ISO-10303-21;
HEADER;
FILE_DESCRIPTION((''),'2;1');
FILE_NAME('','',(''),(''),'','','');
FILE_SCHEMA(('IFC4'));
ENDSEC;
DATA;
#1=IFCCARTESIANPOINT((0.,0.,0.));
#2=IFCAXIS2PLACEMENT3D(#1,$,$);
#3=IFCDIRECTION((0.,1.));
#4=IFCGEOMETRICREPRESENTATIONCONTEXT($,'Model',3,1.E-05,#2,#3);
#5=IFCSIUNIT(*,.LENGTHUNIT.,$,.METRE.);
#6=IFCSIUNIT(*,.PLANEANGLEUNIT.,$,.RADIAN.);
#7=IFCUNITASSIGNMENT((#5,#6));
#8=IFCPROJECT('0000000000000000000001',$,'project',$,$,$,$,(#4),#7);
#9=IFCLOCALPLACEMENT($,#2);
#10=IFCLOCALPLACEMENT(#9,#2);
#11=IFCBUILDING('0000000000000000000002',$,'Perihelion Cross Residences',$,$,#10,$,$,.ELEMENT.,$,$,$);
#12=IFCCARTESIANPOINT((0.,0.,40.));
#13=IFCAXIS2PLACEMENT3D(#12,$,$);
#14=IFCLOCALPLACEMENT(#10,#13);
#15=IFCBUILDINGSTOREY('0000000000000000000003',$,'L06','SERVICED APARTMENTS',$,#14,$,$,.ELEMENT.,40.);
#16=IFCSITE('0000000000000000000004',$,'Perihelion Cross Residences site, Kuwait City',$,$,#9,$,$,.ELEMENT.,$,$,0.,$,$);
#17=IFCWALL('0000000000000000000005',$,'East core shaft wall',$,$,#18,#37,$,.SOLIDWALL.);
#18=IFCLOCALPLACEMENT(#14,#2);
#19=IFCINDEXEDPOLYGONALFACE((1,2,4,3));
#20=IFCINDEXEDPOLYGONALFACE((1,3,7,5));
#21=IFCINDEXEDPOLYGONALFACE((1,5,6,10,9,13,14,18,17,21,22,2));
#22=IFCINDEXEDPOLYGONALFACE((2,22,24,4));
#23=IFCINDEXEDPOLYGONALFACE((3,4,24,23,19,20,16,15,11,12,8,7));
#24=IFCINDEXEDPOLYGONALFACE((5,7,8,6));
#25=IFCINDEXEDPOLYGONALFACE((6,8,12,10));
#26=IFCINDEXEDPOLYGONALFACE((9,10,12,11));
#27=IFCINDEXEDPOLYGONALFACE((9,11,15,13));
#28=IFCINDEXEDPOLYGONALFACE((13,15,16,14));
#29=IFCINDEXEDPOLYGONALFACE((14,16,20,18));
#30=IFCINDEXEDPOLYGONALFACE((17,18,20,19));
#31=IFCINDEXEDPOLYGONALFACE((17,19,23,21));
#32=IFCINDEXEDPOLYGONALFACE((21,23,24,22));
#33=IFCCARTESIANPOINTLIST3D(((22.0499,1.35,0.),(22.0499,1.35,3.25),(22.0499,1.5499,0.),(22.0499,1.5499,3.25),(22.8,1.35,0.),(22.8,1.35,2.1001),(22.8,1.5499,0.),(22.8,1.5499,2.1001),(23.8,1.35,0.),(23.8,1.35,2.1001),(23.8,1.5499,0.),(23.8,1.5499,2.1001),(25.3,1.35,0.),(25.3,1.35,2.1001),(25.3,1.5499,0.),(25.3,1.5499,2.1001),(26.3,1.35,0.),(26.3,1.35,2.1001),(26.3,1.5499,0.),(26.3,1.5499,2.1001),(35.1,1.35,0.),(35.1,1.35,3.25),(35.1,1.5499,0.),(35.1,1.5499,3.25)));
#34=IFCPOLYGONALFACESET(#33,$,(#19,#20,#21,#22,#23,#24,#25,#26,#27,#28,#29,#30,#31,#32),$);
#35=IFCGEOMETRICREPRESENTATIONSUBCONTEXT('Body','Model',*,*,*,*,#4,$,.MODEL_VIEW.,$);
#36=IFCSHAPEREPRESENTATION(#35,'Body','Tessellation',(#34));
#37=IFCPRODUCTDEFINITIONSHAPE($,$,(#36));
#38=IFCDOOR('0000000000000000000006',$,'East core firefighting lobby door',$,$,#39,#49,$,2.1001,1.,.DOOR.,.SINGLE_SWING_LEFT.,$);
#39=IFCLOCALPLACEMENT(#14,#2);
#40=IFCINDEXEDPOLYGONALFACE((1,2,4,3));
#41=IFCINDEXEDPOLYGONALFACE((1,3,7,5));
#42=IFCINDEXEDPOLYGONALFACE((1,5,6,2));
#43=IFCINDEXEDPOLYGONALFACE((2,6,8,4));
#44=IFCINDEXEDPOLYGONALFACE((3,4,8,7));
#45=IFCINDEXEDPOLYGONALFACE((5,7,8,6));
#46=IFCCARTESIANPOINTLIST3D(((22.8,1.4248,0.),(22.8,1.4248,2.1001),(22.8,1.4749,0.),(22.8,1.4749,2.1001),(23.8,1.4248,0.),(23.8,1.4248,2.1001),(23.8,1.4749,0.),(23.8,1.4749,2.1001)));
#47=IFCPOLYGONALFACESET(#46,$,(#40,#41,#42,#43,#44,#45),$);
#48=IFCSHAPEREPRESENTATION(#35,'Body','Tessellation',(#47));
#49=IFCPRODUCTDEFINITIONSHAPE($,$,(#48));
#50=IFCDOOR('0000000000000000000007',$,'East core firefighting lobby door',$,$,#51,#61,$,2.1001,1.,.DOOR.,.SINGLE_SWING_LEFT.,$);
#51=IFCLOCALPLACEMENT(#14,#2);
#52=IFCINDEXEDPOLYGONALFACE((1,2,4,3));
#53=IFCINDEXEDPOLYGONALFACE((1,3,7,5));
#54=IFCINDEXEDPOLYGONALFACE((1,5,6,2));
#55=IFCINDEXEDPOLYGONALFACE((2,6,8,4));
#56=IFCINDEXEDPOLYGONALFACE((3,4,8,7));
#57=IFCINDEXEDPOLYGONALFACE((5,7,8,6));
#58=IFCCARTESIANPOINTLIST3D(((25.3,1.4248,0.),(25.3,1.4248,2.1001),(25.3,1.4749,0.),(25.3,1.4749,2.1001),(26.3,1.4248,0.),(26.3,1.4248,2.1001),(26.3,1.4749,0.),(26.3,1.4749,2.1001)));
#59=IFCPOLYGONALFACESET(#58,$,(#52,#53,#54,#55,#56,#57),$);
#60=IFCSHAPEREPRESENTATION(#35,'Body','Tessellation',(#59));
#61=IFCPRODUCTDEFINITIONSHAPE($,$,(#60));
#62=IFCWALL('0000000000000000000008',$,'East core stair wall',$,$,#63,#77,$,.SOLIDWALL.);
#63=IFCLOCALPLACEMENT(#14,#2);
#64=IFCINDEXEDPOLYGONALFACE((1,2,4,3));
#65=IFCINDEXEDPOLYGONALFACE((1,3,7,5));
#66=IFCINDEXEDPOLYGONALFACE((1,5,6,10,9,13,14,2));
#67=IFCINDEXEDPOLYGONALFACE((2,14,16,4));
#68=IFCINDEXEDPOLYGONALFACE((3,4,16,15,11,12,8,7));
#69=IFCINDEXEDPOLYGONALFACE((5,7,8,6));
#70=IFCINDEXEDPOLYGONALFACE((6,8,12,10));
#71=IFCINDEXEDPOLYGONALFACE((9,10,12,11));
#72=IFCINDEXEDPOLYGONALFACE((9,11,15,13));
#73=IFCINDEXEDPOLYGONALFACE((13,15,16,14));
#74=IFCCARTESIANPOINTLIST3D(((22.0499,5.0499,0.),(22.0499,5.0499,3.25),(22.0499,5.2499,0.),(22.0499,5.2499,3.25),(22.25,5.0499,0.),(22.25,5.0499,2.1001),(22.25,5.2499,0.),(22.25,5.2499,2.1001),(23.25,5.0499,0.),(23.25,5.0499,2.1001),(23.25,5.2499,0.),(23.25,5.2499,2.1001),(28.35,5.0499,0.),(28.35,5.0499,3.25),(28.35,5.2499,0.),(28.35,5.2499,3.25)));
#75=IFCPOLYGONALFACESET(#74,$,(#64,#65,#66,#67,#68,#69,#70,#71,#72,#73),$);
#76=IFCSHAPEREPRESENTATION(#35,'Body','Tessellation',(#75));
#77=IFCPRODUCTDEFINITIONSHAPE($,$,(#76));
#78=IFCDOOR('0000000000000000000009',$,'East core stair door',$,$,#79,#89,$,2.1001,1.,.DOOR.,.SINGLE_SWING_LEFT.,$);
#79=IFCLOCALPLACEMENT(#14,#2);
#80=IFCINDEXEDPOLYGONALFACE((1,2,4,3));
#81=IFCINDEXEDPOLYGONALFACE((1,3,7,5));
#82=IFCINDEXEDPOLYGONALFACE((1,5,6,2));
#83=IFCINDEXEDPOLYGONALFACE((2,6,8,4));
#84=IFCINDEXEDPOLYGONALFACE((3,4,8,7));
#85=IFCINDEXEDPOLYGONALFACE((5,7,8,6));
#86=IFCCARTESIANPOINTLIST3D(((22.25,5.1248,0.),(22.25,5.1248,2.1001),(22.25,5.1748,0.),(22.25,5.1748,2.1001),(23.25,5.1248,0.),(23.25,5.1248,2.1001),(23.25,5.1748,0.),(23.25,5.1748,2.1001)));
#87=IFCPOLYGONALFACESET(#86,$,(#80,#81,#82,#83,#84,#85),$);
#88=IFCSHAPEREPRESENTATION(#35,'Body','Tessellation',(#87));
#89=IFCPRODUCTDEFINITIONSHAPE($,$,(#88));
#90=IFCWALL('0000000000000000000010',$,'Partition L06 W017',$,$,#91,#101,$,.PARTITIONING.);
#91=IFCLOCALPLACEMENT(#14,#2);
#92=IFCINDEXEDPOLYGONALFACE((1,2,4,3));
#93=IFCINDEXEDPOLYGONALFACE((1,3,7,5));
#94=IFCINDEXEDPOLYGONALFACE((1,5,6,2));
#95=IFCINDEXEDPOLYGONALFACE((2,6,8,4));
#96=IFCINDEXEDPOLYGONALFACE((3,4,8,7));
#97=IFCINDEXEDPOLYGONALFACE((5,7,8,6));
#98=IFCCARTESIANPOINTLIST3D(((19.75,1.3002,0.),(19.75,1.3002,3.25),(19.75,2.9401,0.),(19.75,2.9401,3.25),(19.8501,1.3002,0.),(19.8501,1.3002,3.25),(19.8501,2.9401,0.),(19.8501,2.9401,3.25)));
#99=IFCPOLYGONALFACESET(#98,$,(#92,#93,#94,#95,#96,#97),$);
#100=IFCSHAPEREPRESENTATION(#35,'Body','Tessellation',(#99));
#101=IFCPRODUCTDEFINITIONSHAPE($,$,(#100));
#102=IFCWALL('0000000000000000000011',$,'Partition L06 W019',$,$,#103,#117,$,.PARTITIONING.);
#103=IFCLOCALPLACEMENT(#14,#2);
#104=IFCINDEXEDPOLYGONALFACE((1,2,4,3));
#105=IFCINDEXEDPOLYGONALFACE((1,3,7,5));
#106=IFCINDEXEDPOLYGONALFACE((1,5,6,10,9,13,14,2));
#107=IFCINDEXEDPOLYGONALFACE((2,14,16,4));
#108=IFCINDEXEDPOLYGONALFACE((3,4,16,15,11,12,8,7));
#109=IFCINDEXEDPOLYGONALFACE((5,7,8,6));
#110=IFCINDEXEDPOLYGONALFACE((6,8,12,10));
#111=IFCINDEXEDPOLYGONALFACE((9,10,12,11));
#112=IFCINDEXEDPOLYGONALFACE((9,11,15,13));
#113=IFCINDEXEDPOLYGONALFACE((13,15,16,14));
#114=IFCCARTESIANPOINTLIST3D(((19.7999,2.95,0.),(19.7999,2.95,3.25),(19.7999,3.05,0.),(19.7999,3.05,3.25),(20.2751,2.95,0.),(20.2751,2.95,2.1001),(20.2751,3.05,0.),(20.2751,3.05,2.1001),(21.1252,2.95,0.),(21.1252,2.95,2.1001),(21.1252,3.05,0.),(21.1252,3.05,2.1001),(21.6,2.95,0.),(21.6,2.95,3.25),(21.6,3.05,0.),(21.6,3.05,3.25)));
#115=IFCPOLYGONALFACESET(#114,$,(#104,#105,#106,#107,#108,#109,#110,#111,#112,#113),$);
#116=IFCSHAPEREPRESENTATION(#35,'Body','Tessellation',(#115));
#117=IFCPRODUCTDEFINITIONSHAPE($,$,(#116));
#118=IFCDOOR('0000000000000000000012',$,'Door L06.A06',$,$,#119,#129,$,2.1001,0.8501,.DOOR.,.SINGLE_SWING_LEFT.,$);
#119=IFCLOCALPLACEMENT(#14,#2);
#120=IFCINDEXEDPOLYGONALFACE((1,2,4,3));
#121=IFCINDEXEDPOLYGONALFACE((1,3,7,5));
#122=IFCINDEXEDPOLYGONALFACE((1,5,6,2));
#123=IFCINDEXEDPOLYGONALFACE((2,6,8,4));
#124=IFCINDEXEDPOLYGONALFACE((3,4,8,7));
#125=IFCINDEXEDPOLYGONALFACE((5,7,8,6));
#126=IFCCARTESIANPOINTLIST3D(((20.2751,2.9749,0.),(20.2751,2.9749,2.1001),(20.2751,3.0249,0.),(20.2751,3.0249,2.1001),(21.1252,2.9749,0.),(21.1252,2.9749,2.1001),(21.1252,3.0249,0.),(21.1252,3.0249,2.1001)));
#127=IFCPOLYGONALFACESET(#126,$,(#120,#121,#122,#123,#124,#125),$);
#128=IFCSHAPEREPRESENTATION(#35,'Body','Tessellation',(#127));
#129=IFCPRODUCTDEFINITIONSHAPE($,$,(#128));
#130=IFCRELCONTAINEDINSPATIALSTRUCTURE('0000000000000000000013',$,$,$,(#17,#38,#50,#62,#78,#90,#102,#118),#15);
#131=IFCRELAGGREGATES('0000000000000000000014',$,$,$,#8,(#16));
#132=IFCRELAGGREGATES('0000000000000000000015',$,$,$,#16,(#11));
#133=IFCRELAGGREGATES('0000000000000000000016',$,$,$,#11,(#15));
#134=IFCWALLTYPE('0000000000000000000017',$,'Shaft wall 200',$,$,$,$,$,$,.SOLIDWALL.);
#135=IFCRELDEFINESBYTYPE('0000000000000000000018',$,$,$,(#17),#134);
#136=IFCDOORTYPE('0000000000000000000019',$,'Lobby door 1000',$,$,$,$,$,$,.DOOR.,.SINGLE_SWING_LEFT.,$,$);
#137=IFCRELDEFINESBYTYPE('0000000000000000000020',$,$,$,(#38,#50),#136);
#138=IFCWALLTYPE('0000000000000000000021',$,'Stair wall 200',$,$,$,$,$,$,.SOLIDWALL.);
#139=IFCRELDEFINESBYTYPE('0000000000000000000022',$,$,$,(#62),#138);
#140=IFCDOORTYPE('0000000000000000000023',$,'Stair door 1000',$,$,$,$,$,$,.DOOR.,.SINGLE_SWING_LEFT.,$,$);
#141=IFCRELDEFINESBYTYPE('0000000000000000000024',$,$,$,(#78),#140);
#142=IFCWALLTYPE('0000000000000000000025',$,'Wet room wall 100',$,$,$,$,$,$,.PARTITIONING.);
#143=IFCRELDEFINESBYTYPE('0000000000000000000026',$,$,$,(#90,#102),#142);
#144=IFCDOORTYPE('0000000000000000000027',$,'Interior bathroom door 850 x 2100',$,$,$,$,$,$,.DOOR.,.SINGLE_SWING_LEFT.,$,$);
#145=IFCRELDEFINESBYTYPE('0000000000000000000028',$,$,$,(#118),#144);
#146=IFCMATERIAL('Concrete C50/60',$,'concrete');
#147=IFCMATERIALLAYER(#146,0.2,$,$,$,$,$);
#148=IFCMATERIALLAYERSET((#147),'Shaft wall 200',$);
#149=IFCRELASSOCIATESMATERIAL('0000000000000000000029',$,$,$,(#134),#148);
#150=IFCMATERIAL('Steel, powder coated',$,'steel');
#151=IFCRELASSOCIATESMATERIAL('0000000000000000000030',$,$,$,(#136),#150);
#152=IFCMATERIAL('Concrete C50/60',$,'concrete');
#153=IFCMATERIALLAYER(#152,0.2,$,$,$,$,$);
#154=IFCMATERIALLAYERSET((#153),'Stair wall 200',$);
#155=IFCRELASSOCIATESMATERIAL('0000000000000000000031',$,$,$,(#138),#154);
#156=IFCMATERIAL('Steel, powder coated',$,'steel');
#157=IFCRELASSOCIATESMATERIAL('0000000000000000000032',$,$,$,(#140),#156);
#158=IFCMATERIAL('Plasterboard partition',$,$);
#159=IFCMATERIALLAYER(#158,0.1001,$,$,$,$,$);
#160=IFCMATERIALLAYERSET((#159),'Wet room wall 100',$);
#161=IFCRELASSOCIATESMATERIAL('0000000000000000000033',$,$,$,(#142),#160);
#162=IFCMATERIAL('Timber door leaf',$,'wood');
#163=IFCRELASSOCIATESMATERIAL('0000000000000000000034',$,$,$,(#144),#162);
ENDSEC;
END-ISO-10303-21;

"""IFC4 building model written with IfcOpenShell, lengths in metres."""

from ifc_helpers import new_model, si_unit, direction, frame, frame_2d, origin, place, context, subcontext, project, spatial, rectangle, extrude, material, layer, layer_set, type_object, element, fill, save


model = new_model("IFC4")

# Units and contexts
model_context = context("Model", 3, precision=1e-05, world=origin(), true_north=direction((0.0, 1.0)))
body_context = subcontext(model_context, "Body", "Model", "MODEL_VIEW")
ifc_project = project(units=[si_unit("LENGTHUNIT", "METRE"), si_unit("PLANEANGLEUNIT", "RADIAN")], contexts=[model_context])

# Site, building, storey
site_placement = place(None, origin())
site = spatial("IfcSite", under=ifc_project, at=site_placement, Name="Perihelion Cross Residences site, Kuwait City", CompositionType="ELEMENT", RefElevation=0.0)
building_placement = place(site_placement, origin())
building = spatial("IfcBuilding", under=site, at=building_placement, Name="Perihelion Cross Residences", CompositionType="ELEMENT")
storey_placement = place(building_placement, frame((0.0, 0.0, 40.0)))
storey = spatial("IfcBuildingStorey", under=building, at=storey_placement, Name="L06", Description="SERVICED APARTMENTS", CompositionType="ELEMENT", Elevation=40.0)

# Wall, openings, doors
ifc_material_1 = material(Name="Concrete C50/60", Category="concrete")
ifc_layer_1 = layer(ifc_material_1, 0.2)
ifc_layer_set_1 = layer_set([ifc_layer_1], Name="Shaft wall 200")
wall_type_1 = type_object("IfcWallType", Name="Shaft wall 200", PredefinedType="SOLIDWALL", material=ifc_layer_set_1)
wall_1_placement = place(storey_placement, frame((22.05, 1.45, 0.0), z_axis=(0.0, 0.0, 1.0), x_axis=(1.0, 0.0, 0.0)))
wall_1 = element("IfcWall", 1, at=wall_1_placement, inside=storey, type_object=wall_type_1, Name="East core shaft wall", PredefinedType="SOLIDWALL", context=body_context, shape_type="SweptSolid", body=[
    extrude(rectangle(XDim=13.05, YDim=0.2, at=frame_2d((6.5249, 0.0))), origin(), (0.0, 0.0, 1.0), 3.25),
])
opening_1_placement = place(wall_1_placement, frame((0.75, 0.0, 0.0)))
opening_1 = element("IfcOpeningElement", 2, at=opening_1_placement, cuts=wall_1, PredefinedType="OPENING", context=body_context, shape_type="SweptSolid", body=[
    extrude(rectangle(XDim=1.0, YDim=2.1001, at=frame_2d((0.5, 1.05))), frame((0.0, 0.1099, 0.0), z_axis=(0.0, -1.0, 0.0), x_axis=(1.0, 0.0, 0.0)), (0.0, 0.0, 1.0), 0.22),
])
opening_2_placement = place(wall_1_placement, frame((3.25, 0.0, 0.0)))
opening_2 = element("IfcOpeningElement", 3, at=opening_2_placement, cuts=wall_1, PredefinedType="OPENING", context=body_context, shape_type="SweptSolid", body=[
    extrude(rectangle(XDim=1.0, YDim=2.1001, at=frame_2d((0.5, 1.05))), frame((0.0, 0.1099, 0.0), z_axis=(0.0, -1.0, 0.0), x_axis=(1.0, 0.0, 0.0)), (0.0, 0.0, 1.0), 0.22),
])
ifc_material_2 = material(Name="Steel, powder coated", Category="steel")
door_type_1 = type_object("IfcDoorType", Name="Lobby door 1000", OperationType="SINGLE_SWING_LEFT", PredefinedType="DOOR", material=ifc_material_2)
door_1_placement = place(opening_1_placement, origin())
door_1 = element("IfcDoor", 4, at=door_1_placement, inside=storey, type_object=door_type_1, Name="East core firefighting lobby door", OperationType="SINGLE_SWING_LEFT", OverallHeight=2.1001, OverallWidth=1.0, PredefinedType="DOOR", context=body_context, shape_type="SweptSolid", body=[
    extrude(rectangle(XDim=1.0, YDim=2.1001, at=frame_2d((0.5, 1.05))), frame((0.0, 0.0249, 0.0), z_axis=(0.0, -1.0, 0.0), x_axis=(1.0, 0.0, 0.0)), (0.0, 0.0, 1.0), 0.05),
])
fill(opening_1, door_1)
door_2_placement = place(opening_2_placement, origin())
door_2 = element("IfcDoor", 5, at=door_2_placement, inside=storey, type_object=door_type_1, Name="East core firefighting lobby door", OperationType="SINGLE_SWING_LEFT", OverallHeight=2.1001, OverallWidth=1.0, PredefinedType="DOOR", context=body_context, shape_type="SweptSolid", body=[
    extrude(rectangle(XDim=1.0, YDim=2.1001, at=frame_2d((0.5, 1.05))), frame((0.0, 0.0249, 0.0), z_axis=(0.0, -1.0, 0.0), x_axis=(1.0, 0.0, 0.0)), (0.0, 0.0, 1.0), 0.05),
])
fill(opening_2, door_2)

# Wall, opening, door
ifc_material_3 = material(Name="Concrete C50/60", Category="concrete")
ifc_layer_2 = layer(ifc_material_3, 0.2)
ifc_layer_set_2 = layer_set([ifc_layer_2], Name="Stair wall 200")
wall_type_2 = type_object("IfcWallType", Name="Stair wall 200", PredefinedType="SOLIDWALL", material=ifc_layer_set_2)
wall_2_placement = place(storey_placement, frame((22.05, 5.1499, 0.0), z_axis=(0.0, 0.0, 1.0), x_axis=(1.0, 0.0, 0.0)))
wall_2 = element("IfcWall", 6, at=wall_2_placement, inside=storey, type_object=wall_type_2, Name="East core stair wall", PredefinedType="SOLIDWALL", context=body_context, shape_type="SweptSolid", body=[
    extrude(rectangle(XDim=6.3, YDim=0.2, at=frame_2d((3.1499, 0.0))), origin(), (0.0, 0.0, 1.0), 3.25),
])
opening_3_placement = place(wall_2_placement, frame((0.2, 0.0, 0.0)))
opening_3 = element("IfcOpeningElement", 7, at=opening_3_placement, cuts=wall_2, PredefinedType="OPENING", context=body_context, shape_type="SweptSolid", body=[
    extrude(rectangle(XDim=1.0, YDim=2.1001, at=frame_2d((0.5, 1.05))), frame((0.0, 0.1099, 0.0), z_axis=(0.0, -1.0, 0.0), x_axis=(1.0, 0.0, 0.0)), (0.0, 0.0, 1.0), 0.22),
])
ifc_material_4 = material(Name="Steel, powder coated", Category="steel")
door_type_2 = type_object("IfcDoorType", Name="Stair door 1000", OperationType="SINGLE_SWING_LEFT", PredefinedType="DOOR", material=ifc_material_4)
door_3_placement = place(opening_3_placement, origin())
door_3 = element("IfcDoor", 8, at=door_3_placement, inside=storey, type_object=door_type_2, Name="East core stair door", OperationType="SINGLE_SWING_LEFT", OverallHeight=2.1001, OverallWidth=1.0, PredefinedType="DOOR", context=body_context, shape_type="SweptSolid", body=[
    extrude(rectangle(XDim=1.0, YDim=2.1001, at=frame_2d((0.5, 1.05))), frame((0.0, 0.0249, 0.0), z_axis=(0.0, -1.0, 0.0), x_axis=(1.0, 0.0, 0.0)), (0.0, 0.0, 1.0), 0.05),
])
fill(opening_3, door_3)

# Wall
ifc_material_5 = material(Name="Plasterboard partition")
ifc_layer_3 = layer(ifc_material_5, 0.1001)
ifc_layer_set_3 = layer_set([ifc_layer_3], Name="Wet room wall 100")
wall_type_3 = type_object("IfcWallType", Name="Wet room wall 100", PredefinedType="PARTITIONING", material=ifc_layer_set_3)
wall_3_placement = place(storey_placement, frame((19.8, 2.9399, 0.0), z_axis=(0.0, 0.0, 1.0), x_axis=(0.0, -1.0, 0.0)))
element("IfcWall", 9, at=wall_3_placement, inside=storey, type_object=wall_type_3, Name="Partition L06 W017", PredefinedType="PARTITIONING", context=body_context, shape_type="SweptSolid", body=[
    extrude(rectangle(XDim=1.6399, YDim=0.1001, at=frame_2d((0.8198, 0.0))), origin(), (0.0, 0.0, 1.0), 3.25),
])

# Wall, opening, door
wall_4_placement = place(storey_placement, frame((19.8, 3.0, 0.0), z_axis=(0.0, 0.0, 1.0), x_axis=(1.0, 0.0, 0.0)))
wall_4 = element("IfcWall", 10, at=wall_4_placement, inside=storey, type_object=wall_type_3, Name="Partition L06 W019", PredefinedType="PARTITIONING", context=body_context, shape_type="SweptSolid", body=[
    extrude(rectangle(XDim=1.8, YDim=0.1001, at=frame_2d((0.8999, 0.0))), origin(), (0.0, 0.0, 1.0), 3.25),
])
opening_4_placement = place(wall_4_placement, frame((0.4751, 0.0, 0.0)))
opening_4 = element("IfcOpeningElement", 11, at=opening_4_placement, cuts=wall_4, PredefinedType="OPENING", context=body_context, shape_type="SweptSolid", body=[
    extrude(rectangle(XDim=0.8501, YDim=2.1001, at=frame_2d((0.425, 1.05))), frame((0.0, 0.0601, 0.0), z_axis=(0.0, -1.0, 0.0), x_axis=(1.0, 0.0, 0.0)), (0.0, 0.0, 1.0), 0.1201),
])
ifc_material_6 = material(Name="Timber door leaf", Category="wood")
door_type_3 = type_object("IfcDoorType", Name="Interior bathroom door 850 x 2100", OperationType="SINGLE_SWING_LEFT", PredefinedType="DOOR", material=ifc_material_6)
door_4_placement = place(opening_4_placement, origin())
door_4 = element("IfcDoor", 12, at=door_4_placement, inside=storey, type_object=door_type_3, Name="Door L06.A06", OperationType="SINGLE_SWING_LEFT", OverallHeight=2.1001, OverallWidth=0.8501, PredefinedType="DOOR", context=body_context, shape_type="SweptSolid", body=[
    extrude(rectangle(XDim=0.8501, YDim=2.1001, at=frame_2d((0.425, 1.05))), frame((0.0, 0.0249, 0.0), z_axis=(0.0, -1.0, 0.0), x_axis=(1.0, 0.0, 0.0)), (0.0, 0.0, 1.0), 0.05),
])
fill(opening_4, door_4)

save(model, "model.ifc")
